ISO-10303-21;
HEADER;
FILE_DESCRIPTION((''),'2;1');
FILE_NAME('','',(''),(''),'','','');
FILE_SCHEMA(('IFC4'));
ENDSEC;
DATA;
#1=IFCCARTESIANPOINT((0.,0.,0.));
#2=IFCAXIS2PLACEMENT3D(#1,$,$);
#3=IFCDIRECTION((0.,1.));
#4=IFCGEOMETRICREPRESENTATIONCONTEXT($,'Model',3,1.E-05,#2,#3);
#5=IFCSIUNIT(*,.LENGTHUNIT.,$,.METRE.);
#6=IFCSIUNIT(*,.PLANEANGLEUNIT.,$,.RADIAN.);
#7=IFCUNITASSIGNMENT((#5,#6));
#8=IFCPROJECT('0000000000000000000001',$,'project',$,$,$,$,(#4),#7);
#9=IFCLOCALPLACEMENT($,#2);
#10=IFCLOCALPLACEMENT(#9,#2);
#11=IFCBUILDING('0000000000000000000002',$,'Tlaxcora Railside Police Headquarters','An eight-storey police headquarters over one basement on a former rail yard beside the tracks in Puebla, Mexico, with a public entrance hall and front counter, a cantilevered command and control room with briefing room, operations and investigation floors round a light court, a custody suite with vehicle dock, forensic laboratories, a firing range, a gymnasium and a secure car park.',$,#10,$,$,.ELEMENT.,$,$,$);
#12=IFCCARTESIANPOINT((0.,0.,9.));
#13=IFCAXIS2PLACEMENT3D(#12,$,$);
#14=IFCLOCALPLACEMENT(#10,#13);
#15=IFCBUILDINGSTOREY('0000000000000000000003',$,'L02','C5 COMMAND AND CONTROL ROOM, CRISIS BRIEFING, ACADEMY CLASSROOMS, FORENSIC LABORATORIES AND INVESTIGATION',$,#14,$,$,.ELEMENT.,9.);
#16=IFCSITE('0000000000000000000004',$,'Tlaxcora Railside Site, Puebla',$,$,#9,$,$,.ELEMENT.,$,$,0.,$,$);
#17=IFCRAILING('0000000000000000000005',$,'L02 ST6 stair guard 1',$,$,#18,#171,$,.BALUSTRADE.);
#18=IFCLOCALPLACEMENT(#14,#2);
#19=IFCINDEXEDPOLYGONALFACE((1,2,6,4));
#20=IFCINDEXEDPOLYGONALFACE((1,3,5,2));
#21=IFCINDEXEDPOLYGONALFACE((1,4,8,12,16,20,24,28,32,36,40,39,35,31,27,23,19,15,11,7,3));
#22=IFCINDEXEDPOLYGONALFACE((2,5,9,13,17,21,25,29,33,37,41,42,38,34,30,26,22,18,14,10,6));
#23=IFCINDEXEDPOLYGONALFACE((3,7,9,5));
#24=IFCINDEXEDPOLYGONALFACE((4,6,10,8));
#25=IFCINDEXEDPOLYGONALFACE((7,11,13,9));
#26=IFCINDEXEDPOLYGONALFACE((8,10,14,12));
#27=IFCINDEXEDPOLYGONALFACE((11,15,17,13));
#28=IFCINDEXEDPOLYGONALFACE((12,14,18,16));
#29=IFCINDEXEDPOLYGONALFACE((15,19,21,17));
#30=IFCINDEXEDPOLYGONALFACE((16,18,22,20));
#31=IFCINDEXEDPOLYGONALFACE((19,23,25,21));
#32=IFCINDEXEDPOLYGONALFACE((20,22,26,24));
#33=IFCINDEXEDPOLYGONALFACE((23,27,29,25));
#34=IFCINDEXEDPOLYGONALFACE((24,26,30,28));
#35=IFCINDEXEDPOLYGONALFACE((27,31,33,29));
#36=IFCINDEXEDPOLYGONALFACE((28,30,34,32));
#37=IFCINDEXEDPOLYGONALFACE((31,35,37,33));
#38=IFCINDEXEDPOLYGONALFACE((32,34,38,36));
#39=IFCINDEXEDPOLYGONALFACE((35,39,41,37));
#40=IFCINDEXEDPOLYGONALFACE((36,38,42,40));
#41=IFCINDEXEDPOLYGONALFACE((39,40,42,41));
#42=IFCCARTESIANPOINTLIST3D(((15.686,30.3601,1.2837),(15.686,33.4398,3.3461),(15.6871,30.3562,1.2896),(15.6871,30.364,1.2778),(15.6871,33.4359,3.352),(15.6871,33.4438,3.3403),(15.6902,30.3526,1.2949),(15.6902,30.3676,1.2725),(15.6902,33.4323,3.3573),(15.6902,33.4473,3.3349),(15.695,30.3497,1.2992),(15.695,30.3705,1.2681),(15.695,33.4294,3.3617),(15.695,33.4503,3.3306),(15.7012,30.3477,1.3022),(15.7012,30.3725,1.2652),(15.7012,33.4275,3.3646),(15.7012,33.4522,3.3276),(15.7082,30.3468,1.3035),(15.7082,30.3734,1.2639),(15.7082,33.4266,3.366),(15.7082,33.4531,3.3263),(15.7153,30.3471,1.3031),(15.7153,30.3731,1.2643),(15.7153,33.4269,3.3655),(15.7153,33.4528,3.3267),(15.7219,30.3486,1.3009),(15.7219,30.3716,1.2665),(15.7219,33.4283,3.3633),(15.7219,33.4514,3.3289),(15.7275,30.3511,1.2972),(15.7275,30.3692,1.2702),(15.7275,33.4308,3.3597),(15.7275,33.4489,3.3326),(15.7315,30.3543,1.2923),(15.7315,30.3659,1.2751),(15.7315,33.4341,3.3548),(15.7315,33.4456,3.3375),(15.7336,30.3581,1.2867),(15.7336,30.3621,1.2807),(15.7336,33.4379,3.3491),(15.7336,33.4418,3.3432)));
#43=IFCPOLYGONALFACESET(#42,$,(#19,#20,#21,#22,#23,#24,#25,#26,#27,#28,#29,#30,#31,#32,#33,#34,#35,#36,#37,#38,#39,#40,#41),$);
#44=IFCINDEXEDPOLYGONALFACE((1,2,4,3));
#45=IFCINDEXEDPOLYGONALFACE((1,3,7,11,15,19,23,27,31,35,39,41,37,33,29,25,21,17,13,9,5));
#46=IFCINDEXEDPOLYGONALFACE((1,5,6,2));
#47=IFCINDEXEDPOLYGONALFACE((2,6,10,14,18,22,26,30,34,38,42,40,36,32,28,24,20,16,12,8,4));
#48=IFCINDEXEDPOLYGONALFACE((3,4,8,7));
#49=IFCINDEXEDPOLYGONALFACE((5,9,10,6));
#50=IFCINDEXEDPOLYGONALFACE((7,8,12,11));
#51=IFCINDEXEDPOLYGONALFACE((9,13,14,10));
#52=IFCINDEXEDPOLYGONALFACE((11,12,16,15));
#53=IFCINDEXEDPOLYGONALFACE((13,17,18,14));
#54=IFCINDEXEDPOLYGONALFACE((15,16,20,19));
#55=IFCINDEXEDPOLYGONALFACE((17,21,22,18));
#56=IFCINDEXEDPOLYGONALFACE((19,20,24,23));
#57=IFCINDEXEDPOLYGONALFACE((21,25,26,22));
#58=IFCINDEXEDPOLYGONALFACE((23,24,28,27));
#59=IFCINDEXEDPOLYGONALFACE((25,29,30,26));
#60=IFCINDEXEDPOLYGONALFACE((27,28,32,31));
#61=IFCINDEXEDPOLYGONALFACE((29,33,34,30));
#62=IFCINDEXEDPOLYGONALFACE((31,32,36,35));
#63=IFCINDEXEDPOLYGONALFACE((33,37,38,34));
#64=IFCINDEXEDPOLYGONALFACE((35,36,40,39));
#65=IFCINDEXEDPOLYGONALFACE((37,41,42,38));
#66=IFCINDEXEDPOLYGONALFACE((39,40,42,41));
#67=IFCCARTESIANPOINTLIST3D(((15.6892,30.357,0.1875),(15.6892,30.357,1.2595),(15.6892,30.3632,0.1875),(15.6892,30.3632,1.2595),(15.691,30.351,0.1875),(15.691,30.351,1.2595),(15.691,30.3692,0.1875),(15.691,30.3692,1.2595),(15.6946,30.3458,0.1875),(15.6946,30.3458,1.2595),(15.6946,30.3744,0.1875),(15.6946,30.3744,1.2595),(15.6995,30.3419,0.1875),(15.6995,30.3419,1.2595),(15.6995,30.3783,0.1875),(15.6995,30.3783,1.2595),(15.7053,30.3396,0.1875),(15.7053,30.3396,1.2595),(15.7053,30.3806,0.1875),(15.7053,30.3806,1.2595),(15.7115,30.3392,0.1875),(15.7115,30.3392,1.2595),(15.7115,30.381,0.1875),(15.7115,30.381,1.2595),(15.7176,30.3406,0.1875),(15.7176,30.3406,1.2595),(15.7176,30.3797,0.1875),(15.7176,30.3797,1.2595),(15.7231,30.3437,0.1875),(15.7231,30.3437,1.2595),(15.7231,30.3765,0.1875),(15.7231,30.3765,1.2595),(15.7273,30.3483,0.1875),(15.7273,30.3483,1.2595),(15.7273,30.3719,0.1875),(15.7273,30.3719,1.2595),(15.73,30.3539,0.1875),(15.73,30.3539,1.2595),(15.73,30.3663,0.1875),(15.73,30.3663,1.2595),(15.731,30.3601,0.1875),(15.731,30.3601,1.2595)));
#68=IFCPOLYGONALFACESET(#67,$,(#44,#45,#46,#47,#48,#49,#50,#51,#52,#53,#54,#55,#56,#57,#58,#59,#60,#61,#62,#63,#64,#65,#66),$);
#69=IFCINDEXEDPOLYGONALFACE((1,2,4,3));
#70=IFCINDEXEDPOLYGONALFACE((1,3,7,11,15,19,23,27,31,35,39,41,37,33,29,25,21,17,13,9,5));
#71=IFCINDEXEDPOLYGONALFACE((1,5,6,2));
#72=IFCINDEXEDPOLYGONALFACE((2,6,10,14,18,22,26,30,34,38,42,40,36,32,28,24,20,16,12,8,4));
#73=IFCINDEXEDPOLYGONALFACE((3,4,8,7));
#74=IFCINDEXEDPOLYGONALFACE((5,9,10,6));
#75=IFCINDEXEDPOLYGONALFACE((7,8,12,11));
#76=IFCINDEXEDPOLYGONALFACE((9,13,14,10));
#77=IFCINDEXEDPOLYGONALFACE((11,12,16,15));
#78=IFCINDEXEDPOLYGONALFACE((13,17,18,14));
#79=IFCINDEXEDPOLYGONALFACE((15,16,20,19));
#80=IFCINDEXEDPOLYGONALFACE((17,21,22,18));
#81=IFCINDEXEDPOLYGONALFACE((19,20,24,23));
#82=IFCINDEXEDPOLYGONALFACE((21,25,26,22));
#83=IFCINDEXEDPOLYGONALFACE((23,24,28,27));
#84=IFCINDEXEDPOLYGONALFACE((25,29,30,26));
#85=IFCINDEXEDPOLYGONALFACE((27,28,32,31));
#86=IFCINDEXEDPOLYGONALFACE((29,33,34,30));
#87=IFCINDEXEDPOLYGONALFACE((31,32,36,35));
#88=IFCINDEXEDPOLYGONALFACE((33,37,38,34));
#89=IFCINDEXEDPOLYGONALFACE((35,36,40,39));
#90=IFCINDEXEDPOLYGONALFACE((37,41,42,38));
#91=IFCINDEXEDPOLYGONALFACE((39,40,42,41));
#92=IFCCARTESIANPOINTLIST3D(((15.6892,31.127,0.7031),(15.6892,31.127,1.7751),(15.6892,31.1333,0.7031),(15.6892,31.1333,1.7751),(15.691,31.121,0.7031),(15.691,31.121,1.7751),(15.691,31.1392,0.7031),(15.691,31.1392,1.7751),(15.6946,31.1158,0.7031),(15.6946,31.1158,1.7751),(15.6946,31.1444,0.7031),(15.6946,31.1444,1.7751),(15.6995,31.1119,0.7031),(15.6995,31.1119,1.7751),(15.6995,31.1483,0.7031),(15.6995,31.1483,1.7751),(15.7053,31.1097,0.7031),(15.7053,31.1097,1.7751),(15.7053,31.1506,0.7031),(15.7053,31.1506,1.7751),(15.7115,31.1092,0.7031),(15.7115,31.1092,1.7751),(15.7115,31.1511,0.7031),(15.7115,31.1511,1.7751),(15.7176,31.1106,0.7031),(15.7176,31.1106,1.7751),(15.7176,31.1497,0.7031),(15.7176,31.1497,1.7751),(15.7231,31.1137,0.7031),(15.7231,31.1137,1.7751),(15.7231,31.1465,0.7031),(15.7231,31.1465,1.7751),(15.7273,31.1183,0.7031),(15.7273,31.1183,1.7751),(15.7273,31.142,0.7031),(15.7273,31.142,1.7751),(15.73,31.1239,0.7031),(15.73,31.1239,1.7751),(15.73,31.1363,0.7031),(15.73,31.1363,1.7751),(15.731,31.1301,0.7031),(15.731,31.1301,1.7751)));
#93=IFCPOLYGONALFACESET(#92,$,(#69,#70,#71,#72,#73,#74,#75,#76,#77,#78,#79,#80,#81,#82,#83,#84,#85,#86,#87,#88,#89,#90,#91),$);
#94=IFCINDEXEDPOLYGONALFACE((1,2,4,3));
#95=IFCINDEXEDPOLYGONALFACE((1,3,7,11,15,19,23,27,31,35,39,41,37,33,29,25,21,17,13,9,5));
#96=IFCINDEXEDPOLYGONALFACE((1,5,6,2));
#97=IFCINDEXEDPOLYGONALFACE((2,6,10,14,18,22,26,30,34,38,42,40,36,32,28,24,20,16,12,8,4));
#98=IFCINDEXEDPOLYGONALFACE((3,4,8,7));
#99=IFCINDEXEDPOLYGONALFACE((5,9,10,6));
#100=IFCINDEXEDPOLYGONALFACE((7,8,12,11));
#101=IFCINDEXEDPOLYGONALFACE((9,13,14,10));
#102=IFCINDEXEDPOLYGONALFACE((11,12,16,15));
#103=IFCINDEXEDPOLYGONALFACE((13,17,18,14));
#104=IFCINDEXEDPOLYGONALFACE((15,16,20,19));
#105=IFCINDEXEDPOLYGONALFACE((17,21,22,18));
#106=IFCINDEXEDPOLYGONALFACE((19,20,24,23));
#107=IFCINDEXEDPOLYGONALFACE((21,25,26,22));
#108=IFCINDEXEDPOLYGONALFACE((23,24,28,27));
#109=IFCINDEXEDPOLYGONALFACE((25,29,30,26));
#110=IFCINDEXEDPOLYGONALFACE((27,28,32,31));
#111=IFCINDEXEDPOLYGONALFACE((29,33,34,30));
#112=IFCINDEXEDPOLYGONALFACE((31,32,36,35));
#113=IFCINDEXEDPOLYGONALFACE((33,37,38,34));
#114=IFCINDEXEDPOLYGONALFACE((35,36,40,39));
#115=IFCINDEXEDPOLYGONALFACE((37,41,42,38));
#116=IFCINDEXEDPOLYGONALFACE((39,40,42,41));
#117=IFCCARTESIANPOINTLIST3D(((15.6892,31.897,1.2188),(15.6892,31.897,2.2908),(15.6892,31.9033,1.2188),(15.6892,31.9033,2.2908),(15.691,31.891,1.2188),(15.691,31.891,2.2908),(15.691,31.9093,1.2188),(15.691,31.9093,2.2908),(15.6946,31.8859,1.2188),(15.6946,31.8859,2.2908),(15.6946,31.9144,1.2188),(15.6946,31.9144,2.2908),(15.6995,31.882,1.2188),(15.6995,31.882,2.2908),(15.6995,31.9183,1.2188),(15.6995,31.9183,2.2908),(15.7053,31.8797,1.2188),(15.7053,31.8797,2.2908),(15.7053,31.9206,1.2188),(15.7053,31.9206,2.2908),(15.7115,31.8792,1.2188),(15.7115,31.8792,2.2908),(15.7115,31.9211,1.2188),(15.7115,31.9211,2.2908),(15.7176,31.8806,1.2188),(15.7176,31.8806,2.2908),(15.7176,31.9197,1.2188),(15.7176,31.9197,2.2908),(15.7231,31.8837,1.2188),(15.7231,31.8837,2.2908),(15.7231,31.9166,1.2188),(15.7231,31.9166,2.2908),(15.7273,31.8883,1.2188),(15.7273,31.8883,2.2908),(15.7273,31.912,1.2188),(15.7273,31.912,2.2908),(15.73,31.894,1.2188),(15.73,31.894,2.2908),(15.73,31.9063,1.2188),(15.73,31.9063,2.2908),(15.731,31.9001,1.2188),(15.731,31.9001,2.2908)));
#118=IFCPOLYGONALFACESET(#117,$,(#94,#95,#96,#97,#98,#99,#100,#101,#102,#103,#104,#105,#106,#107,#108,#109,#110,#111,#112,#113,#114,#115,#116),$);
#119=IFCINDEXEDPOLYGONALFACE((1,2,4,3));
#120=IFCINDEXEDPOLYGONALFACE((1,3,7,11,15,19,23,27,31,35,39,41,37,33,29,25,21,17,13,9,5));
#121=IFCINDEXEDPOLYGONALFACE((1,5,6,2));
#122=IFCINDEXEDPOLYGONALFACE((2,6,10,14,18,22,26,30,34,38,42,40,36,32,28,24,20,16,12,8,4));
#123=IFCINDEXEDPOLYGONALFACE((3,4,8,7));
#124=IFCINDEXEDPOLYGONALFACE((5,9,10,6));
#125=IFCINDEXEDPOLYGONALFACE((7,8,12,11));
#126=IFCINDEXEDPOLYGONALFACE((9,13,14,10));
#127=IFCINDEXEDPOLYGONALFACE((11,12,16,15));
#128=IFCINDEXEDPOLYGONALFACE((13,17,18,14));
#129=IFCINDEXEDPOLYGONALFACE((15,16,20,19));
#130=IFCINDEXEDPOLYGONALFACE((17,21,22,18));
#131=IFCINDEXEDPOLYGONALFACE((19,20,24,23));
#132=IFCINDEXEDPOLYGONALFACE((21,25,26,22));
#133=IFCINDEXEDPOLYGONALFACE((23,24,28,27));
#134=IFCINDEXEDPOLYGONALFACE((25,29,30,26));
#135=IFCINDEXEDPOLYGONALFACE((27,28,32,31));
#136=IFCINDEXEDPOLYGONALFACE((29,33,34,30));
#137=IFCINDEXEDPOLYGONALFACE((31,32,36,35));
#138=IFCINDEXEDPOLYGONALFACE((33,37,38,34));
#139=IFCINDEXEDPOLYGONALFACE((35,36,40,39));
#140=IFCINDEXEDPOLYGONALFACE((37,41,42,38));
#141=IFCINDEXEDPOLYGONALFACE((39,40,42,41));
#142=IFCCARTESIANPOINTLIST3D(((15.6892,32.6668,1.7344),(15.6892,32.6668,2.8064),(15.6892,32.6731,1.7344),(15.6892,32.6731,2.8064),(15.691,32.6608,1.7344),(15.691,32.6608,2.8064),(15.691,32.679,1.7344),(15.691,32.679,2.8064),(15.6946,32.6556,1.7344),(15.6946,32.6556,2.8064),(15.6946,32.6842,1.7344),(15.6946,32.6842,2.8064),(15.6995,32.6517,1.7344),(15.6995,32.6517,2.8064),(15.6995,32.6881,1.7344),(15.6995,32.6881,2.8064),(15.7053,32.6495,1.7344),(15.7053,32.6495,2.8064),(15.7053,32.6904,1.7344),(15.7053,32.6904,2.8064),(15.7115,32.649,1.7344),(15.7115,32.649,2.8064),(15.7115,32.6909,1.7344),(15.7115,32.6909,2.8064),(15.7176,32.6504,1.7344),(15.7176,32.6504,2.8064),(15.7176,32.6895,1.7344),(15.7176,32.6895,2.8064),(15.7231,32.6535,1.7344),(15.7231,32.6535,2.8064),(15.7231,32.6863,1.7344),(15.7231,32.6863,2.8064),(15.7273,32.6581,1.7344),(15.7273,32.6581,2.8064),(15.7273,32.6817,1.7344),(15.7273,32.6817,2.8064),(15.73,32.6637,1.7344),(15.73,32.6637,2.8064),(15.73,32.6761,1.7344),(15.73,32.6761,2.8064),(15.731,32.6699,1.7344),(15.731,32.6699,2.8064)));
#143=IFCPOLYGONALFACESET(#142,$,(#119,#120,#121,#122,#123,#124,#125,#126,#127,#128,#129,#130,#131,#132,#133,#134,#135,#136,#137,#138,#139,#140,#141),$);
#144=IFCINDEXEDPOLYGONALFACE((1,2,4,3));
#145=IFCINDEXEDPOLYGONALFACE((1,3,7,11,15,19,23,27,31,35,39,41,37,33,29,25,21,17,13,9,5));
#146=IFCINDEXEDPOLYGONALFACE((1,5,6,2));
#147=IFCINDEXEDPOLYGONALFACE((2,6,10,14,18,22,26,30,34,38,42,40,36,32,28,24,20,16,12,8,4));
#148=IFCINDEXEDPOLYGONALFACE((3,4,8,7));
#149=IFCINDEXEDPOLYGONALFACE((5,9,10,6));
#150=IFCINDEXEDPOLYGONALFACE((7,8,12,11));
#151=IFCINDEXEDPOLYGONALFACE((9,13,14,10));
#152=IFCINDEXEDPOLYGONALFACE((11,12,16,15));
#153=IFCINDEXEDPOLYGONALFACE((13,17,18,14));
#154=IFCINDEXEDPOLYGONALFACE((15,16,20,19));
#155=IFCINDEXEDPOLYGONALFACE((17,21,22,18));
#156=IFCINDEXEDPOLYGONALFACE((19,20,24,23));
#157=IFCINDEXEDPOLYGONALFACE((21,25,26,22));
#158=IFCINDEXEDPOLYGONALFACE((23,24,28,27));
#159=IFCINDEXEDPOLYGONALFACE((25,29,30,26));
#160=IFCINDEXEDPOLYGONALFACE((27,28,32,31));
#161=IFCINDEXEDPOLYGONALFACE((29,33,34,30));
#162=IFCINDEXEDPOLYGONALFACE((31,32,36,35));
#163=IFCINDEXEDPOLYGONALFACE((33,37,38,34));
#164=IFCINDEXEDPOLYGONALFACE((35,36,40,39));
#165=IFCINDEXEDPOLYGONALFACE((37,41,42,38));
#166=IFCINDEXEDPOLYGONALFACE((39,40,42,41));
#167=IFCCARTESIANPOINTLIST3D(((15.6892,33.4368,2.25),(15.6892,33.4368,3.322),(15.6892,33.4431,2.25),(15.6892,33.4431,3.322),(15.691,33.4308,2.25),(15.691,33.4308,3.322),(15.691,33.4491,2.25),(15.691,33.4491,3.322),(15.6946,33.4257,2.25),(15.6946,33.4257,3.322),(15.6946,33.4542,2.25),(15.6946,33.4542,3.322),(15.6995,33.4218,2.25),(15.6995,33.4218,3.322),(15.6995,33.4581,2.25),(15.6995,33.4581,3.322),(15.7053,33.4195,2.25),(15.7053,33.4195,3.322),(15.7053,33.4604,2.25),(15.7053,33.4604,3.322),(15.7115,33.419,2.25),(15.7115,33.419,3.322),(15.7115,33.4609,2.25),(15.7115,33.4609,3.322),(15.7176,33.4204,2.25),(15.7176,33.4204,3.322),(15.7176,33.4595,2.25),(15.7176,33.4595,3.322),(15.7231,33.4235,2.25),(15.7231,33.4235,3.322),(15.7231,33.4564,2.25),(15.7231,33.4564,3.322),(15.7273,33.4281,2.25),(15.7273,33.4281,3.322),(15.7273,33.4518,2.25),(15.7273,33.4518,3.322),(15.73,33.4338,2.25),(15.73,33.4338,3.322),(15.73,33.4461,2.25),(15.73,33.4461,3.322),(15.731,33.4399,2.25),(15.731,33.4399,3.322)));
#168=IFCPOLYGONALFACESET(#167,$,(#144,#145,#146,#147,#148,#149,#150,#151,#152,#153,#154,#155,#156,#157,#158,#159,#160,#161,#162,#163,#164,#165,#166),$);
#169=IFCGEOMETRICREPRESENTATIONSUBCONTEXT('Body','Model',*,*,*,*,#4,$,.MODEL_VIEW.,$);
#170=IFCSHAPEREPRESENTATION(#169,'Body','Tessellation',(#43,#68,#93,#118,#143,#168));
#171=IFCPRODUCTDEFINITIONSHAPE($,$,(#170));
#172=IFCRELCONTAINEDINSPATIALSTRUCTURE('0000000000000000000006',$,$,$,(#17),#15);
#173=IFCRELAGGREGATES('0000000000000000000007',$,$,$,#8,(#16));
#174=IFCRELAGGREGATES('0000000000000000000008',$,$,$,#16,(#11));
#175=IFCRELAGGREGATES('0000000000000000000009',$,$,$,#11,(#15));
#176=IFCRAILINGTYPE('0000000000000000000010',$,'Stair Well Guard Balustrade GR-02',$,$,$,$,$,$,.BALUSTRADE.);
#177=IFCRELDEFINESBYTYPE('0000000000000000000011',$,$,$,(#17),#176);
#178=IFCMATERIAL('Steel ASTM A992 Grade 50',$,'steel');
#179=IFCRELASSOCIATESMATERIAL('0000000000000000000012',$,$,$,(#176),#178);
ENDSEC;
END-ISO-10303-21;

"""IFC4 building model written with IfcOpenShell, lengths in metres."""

from ifc_helpers import new_model, si_unit, direction, frame, origin, origin_2d, place, context, subcontext, project, spatial, circle, extrude, material, type_object, element, save


model = new_model("IFC4")

# Units and contexts
model_context = context("Model", 3, precision=1e-05, world=origin(), true_north=direction((0.0, 1.0)))
body_context = subcontext(model_context, "Body", "Model", "MODEL_VIEW")
ifc_project = project(units=[si_unit("LENGTHUNIT", "METRE"), si_unit("PLANEANGLEUNIT", "RADIAN")], contexts=[model_context])

# Site, building, storey
site_placement = place(None, origin())
site = spatial("IfcSite", under=ifc_project, at=site_placement, Name="Tlaxcora Railside Site, Puebla", CompositionType="ELEMENT", RefElevation=0.0)
building_placement = place(site_placement, origin())
building = spatial("IfcBuilding", under=site, at=building_placement, Name="Tlaxcora Railside Police Headquarters", Description="An eight-storey police headquarters over one basement on a former rail yard beside the tracks in Puebla, Mexico, with a public entrance hall and front counter, a cantilevered command and control room with briefing room, operations and investigation floors round a light court, a custody suite with vehicle dock, forensic laboratories, a firing range, a gymnasium and a secure car park.", CompositionType="ELEMENT")
storey_placement = place(building_placement, frame((0.0, 0.0, 9.0)))
storey = spatial("IfcBuildingStorey", under=building, at=storey_placement, Name="L02", Description="C5 COMMAND AND CONTROL ROOM, CRISIS BRIEFING, ACADEMY CLASSROOMS, FORENSIC LABORATORIES AND INVESTIGATION", CompositionType="ELEMENT", Elevation=9.0)

# Shared definitions
ifc_material_1 = material(Name="Steel ASTM A992 Grade 50", Category="steel")

# Railing
railing_type_1 = type_object("IfcRailingType", Name="Stair Well Guard Balustrade GR-02", PredefinedType="BALUSTRADE", material=ifc_material_1)
railing_1_placement = place(storey_placement, frame((15.71, 30.3601, 0.1875)))
element("IfcRailing", 1, at=railing_1_placement, inside=storey, type_object=railing_type_1, Name="L02 ST6 stair guard 1", PredefinedType="BALUSTRADE", context=body_context, shape_type="SweptSolid", body=[
    extrude(circle(Radius=0.0239, at=origin_2d()), frame((0.0, 0.0, 1.0962), z_axis=(0.0, 0.830893, 0.556432), x_axis=(-1.0, 0.0, 0.0)), (0.0, 0.0, 1.0), 3.7065),
    extrude(circle(Radius=0.021, at=origin_2d()), origin(), (0.0, 0.0, 1.0), 1.072),
    extrude(circle(Radius=0.021, at=origin_2d()), frame((0.0, 0.77, 0.5156)), (0.0, 0.0, 1.0), 1.072),
    extrude(circle(Radius=0.021, at=origin_2d()), frame((0.0, 1.54, 1.0312)), (0.0, 0.0, 1.0), 1.072),
    extrude(circle(Radius=0.021, at=origin_2d()), frame((0.0, 2.3098, 1.5469)), (0.0, 0.0, 1.0), 1.072),
    extrude(circle(Radius=0.021, at=origin_2d()), frame((0.0, 3.0798, 2.0625)), (0.0, 0.0, 1.0), 1.072),
])

save(model, "model.ifc")
